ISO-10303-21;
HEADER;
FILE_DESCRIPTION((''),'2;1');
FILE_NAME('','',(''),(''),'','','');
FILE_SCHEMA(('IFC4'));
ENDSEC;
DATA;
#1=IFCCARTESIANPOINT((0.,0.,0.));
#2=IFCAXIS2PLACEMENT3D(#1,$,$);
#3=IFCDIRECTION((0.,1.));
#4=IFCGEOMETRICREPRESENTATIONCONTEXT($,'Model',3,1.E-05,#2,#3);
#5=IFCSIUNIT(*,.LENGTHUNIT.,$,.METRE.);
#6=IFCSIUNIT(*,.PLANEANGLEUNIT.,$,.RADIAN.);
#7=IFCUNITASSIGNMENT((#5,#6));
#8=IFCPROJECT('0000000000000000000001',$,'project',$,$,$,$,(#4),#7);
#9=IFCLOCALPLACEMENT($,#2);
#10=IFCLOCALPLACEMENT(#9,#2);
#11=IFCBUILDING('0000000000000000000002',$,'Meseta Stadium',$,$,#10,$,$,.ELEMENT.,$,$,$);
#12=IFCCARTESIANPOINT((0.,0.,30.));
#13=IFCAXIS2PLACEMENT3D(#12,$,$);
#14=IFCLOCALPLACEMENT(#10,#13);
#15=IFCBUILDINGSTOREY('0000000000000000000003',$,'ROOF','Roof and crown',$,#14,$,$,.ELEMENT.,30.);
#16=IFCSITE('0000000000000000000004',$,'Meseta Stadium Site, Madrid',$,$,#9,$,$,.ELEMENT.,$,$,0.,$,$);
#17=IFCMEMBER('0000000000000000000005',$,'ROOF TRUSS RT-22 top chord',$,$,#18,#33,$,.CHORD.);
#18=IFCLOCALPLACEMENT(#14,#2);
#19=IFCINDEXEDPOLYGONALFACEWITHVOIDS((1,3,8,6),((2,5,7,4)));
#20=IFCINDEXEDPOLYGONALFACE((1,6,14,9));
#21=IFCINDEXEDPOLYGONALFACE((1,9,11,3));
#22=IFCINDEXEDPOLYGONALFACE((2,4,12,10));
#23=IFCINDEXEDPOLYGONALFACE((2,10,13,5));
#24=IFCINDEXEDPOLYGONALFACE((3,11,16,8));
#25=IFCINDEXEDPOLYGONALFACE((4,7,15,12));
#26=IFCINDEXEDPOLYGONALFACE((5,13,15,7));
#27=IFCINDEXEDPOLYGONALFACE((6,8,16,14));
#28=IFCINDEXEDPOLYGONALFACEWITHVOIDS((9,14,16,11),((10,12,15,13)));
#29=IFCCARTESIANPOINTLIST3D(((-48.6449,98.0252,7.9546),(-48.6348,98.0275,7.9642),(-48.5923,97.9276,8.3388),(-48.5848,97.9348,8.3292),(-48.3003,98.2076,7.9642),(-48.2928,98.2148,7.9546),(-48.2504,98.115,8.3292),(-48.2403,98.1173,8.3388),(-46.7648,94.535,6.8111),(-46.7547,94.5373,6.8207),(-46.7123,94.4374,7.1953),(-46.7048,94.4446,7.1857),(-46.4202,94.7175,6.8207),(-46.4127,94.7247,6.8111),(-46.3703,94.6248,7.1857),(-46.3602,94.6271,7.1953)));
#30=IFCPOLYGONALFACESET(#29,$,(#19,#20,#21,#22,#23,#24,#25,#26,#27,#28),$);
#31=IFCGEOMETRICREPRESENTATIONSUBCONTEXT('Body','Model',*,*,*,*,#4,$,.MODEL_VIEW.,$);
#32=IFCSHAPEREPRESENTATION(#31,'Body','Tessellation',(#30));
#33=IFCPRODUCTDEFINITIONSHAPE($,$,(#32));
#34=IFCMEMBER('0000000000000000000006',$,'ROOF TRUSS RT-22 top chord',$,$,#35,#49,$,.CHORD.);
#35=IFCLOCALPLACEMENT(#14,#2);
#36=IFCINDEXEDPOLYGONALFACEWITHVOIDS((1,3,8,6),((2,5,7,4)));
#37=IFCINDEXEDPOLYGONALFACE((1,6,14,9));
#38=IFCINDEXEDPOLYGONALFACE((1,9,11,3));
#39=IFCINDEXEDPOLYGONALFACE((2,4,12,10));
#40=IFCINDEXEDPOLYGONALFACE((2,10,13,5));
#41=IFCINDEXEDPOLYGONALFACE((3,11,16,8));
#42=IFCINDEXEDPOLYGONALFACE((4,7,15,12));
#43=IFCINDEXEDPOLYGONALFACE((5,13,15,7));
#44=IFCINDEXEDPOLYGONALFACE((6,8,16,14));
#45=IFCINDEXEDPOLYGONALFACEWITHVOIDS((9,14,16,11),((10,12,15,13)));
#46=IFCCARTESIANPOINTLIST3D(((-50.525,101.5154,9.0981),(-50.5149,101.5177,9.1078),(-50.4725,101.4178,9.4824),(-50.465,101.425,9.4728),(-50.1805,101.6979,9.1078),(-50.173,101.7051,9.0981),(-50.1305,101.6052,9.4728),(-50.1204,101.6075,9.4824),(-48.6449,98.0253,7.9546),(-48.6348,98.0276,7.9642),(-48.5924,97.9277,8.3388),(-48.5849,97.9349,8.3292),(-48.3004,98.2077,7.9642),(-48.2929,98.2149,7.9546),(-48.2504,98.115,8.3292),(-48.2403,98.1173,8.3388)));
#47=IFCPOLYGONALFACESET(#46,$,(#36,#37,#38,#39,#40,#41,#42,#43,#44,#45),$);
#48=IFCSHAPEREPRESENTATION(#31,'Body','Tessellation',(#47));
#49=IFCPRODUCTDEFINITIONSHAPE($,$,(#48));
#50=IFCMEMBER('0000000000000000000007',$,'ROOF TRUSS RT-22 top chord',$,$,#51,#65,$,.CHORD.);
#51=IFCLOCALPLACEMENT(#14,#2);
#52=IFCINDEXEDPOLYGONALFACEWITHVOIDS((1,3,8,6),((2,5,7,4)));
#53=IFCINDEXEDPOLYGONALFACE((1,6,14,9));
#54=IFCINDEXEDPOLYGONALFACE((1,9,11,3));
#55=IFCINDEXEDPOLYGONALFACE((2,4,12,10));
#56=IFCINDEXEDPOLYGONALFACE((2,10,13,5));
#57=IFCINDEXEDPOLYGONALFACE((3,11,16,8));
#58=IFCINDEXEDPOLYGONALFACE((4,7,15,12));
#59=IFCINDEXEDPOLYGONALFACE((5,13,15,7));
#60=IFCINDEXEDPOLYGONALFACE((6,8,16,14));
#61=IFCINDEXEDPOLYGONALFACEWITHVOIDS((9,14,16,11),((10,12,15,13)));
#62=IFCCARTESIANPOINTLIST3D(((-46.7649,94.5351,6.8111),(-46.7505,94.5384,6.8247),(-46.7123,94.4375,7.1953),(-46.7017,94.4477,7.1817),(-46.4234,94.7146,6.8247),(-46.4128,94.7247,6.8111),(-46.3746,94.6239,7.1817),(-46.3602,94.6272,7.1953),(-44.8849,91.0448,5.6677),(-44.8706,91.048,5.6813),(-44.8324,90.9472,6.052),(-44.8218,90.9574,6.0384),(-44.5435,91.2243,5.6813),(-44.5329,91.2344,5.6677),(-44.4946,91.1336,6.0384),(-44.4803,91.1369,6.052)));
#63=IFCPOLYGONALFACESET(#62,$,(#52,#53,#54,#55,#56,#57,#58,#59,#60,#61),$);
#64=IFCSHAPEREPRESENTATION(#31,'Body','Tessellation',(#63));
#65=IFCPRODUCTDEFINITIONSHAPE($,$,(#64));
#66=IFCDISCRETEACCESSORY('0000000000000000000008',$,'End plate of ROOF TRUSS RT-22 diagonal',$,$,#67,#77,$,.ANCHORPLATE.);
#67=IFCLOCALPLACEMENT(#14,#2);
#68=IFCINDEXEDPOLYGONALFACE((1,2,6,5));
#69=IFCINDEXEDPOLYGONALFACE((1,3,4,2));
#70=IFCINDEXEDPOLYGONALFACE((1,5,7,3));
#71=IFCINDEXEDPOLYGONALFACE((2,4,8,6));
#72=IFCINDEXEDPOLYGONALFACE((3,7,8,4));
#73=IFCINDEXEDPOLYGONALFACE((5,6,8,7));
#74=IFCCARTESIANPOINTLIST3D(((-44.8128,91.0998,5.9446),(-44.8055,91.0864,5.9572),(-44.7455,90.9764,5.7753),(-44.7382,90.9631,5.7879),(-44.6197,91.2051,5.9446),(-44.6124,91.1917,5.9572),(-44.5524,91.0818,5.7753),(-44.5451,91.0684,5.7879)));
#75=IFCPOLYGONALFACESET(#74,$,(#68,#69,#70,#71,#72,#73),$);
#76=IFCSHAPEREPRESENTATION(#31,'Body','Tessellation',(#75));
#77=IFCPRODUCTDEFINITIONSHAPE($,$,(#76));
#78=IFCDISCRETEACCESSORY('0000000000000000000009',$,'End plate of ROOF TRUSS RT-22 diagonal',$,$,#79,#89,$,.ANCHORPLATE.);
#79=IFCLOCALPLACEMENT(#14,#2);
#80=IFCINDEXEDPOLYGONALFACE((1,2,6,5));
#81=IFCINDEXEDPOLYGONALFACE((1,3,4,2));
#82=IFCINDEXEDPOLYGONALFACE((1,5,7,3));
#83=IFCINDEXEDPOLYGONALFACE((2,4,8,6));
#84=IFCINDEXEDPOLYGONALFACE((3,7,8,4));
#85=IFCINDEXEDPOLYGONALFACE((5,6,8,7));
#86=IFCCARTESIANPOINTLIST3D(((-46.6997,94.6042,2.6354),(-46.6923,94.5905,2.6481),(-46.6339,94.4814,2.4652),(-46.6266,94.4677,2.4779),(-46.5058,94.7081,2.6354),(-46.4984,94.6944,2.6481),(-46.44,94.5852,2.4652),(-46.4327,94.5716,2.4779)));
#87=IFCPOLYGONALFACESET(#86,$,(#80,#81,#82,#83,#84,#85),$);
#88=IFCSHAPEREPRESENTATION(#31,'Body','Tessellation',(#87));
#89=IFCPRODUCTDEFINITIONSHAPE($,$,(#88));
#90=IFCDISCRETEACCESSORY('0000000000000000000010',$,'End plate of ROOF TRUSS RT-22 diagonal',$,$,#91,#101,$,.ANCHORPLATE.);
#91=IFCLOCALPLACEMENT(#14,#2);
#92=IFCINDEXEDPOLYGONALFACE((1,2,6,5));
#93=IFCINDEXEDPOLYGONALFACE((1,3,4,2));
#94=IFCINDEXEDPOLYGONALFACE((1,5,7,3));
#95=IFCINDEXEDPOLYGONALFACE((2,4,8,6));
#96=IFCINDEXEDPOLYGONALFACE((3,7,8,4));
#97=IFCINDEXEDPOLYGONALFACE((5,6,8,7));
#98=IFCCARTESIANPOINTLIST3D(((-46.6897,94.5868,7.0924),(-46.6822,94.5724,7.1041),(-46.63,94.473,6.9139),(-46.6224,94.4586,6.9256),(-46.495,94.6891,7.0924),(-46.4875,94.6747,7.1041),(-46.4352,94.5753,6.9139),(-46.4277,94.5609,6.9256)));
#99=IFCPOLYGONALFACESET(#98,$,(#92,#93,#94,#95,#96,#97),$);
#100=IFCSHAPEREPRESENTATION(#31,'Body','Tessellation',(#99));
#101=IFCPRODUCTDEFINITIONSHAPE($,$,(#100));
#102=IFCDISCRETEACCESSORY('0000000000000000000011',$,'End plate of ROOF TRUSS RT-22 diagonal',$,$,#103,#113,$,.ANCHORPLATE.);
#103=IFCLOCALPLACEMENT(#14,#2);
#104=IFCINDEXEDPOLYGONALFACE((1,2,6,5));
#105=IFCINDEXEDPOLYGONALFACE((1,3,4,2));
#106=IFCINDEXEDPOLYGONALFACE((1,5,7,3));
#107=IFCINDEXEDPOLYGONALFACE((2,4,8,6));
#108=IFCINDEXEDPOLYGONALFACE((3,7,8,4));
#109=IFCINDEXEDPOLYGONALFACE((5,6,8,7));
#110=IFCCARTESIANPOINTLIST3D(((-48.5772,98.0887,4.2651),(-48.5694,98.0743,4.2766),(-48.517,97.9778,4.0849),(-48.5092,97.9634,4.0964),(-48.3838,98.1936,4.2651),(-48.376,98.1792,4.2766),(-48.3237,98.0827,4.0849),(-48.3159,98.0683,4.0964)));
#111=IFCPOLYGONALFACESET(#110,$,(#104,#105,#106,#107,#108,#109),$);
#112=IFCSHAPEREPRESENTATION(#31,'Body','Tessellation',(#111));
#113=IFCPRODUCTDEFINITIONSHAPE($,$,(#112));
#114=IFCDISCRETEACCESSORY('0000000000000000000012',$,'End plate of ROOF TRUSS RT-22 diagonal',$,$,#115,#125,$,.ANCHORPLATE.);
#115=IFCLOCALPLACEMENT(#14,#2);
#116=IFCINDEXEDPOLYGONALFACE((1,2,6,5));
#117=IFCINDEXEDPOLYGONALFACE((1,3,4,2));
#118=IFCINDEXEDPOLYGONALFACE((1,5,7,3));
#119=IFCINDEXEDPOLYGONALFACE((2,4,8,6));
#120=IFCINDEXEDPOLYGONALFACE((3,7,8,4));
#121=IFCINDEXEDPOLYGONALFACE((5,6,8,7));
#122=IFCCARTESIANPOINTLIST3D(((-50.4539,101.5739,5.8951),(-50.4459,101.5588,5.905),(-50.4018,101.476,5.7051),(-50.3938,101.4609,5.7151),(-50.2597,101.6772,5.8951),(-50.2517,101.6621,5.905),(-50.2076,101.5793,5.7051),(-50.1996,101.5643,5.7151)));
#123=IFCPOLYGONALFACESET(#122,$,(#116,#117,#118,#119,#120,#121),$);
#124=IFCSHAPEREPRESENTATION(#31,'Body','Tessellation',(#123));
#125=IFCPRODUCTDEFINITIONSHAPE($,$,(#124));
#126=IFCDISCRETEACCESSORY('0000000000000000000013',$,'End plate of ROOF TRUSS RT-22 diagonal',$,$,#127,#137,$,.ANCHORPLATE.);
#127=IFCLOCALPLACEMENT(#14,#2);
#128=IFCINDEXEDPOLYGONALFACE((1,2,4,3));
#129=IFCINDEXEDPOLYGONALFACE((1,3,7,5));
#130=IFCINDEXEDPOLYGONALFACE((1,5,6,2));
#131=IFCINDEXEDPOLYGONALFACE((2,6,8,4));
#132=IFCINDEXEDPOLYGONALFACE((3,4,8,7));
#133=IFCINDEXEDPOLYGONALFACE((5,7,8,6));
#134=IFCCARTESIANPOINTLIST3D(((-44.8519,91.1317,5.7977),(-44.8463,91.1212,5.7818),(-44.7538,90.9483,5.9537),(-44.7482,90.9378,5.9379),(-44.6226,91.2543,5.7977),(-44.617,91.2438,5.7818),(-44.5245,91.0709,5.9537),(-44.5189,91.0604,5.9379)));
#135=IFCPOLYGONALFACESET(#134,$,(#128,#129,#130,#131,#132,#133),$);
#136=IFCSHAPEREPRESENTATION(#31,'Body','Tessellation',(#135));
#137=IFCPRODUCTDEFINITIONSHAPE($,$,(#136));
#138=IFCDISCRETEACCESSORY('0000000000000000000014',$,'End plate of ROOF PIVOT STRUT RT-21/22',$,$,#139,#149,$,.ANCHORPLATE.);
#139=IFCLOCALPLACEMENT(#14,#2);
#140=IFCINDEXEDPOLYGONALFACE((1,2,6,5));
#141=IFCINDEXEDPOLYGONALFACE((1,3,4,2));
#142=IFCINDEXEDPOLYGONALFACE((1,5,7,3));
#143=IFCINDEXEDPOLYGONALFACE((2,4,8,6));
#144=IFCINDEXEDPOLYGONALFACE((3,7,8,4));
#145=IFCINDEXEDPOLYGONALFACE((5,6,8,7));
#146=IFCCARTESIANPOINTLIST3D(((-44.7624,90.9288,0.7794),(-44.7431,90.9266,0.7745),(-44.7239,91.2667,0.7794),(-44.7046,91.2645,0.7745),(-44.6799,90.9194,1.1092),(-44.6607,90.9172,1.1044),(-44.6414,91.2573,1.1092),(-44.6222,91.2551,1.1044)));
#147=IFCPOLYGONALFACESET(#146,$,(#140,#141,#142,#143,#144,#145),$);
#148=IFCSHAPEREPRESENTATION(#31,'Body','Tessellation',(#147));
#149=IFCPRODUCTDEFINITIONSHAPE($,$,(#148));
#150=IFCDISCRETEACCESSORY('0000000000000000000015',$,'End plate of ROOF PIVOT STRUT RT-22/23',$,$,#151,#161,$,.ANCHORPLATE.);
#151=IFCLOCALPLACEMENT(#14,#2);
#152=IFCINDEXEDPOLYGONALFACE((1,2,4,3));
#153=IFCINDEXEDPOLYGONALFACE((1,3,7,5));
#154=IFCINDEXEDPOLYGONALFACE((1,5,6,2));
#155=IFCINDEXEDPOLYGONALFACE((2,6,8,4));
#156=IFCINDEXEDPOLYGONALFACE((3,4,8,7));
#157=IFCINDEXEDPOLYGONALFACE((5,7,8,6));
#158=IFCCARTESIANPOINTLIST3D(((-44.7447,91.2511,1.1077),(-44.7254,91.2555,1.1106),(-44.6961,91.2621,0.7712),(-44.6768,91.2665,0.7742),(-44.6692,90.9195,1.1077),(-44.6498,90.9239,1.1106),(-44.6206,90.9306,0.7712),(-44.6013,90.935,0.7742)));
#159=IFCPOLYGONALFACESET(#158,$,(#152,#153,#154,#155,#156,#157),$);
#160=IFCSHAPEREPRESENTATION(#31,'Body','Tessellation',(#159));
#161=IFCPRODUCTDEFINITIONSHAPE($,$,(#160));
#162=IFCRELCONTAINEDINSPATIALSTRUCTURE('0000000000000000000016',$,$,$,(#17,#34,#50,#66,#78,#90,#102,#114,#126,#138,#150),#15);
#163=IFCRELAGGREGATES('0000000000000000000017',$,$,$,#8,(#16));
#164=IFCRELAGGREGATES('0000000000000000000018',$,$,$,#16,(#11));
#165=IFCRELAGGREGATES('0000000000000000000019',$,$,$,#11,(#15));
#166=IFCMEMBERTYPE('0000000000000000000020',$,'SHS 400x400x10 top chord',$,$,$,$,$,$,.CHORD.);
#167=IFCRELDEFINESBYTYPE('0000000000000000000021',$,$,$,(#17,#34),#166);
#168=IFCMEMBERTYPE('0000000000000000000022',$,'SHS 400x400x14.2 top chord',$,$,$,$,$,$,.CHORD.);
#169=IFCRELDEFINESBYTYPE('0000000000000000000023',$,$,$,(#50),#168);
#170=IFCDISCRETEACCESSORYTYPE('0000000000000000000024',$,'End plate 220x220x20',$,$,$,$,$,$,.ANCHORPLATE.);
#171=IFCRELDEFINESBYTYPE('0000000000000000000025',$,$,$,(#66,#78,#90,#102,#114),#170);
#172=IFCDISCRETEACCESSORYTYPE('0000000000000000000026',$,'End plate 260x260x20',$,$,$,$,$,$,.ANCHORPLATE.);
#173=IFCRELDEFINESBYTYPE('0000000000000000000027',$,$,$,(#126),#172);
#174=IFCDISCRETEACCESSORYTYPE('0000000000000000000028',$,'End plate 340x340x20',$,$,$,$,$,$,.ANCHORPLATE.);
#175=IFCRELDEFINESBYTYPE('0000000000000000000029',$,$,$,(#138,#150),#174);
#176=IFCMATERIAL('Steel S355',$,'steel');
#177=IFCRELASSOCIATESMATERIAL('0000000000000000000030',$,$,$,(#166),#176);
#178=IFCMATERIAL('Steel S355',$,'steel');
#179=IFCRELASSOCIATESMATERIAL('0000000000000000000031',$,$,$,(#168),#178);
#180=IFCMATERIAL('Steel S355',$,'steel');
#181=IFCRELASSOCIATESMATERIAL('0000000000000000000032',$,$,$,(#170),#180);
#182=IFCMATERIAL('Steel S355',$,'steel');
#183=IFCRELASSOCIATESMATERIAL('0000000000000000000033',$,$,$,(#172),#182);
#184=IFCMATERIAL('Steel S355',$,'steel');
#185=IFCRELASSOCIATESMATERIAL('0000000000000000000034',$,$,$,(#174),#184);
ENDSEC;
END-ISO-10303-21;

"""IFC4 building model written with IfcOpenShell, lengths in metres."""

from ifc_helpers import new_model, si_unit, direction, frame, origin, origin_2d, place, context, subcontext, project, spatial, rectangle, hollow_rectangle, extrude, material, material_profile, profile_set, type_object, element, save


model = new_model("IFC4")

# Units and contexts
model_context = context("Model", 3, precision=1e-05, world=origin(), true_north=direction((0.0, 1.0)))
body_context = subcontext(model_context, "Body", "Model", "MODEL_VIEW")
ifc_project = project(units=[si_unit("LENGTHUNIT", "METRE"), si_unit("PLANEANGLEUNIT", "RADIAN")], contexts=[model_context])

# Site, building, storey
site_placement = place(None, origin())
site = spatial("IfcSite", under=ifc_project, at=site_placement, Name="Meseta Stadium Site, Madrid", CompositionType="ELEMENT", RefElevation=0.0)
building_placement = place(site_placement, origin())
building = spatial("IfcBuilding", under=site, at=building_placement, Name="Meseta Stadium", CompositionType="ELEMENT")
storey_placement = place(building_placement, frame((0.0, 0.0, 30.0)))
storey = spatial("IfcBuildingStorey", under=building, at=storey_placement, Name="ROOF", Description="Roof and crown", CompositionType="ELEMENT", Elevation=30.0)

# Members
ifc_material_1 = material(Name="Steel S355", Category="steel")
ifc_material_profile_1 = material_profile(ifc_material_1, hollow_rectangle(XDim=0.3999, YDim=0.3999, WallThickness=0.01, at=origin_2d()), Name="SHS 400x400x10")
ifc_profile_set_1 = profile_set([ifc_material_profile_1], Name="Steel S355")
member_type_1 = type_object("IfcMemberType", Name="SHS 400x400x10 top chord", PredefinedType="CHORD", material=ifc_profile_set_1)
for number, where, z_axis, x_axis, name in (
    (1, (-46.5625, 94.5811, 7.0032), (-0.455672, 0.845901, 0.277154), (-0.88039, -0.47425, 0.0), "ROOF TRUSS RT-22 top chord"),
    (2, (-48.4426, 98.0713, 8.1467), (-0.455672, 0.845901, 0.277154), (-0.88039, -0.47425, 0.0), "ROOF TRUSS RT-22 top chord"),
):
    element("IfcMember", number, at=place(storey_placement, frame(where, z_axis=z_axis, x_axis=x_axis)), inside=storey, type_object=member_type_1, Name=name, PredefinedType="CHORD", context=body_context, shape_type="SweptSolid", body=[
        extrude(hollow_rectangle(XDim=0.3999, YDim=0.3999, WallThickness=0.01, at=origin_2d()), origin(), (0.0, 0.0, 1.0), 4.126),
    ])
ifc_material_2 = material(Name="Steel S355", Category="steel")
ifc_material_profile_2 = material_profile(ifc_material_2, hollow_rectangle(XDim=0.3999, YDim=0.3999, WallThickness=0.0142, at=origin_2d()), Name="SHS 400x400x14.2")
ifc_profile_set_2 = profile_set([ifc_material_profile_2], Name="Steel S355")
member_type_2 = type_object("IfcMemberType", Name="SHS 400x400x14.2 top chord", PredefinedType="CHORD", material=ifc_profile_set_2)
member_1_placement = place(storey_placement, frame((-44.6826, 91.0908, 5.8599), z_axis=(-0.455632, 0.845938, 0.277107), x_axis=(-0.880416, -0.474203, 0.0)))
element("IfcMember", 3, at=member_1_placement, inside=storey, type_object=member_type_2, Name="ROOF TRUSS RT-22 top chord", PredefinedType="CHORD", context=body_context, shape_type="SweptSolid", body=[
    extrude(hollow_rectangle(XDim=0.3999, YDim=0.3999, WallThickness=0.0142, at=origin_2d()), origin(), (0.0, 0.0, 1.0), 4.126),
])

# Discrete accessories
ifc_material_3 = material(Name="Steel S355", Category="steel")
ifc_material_profile_3 = material_profile(ifc_material_3, rectangle(XDim=0.22, YDim=0.22, at=origin_2d()), Name="PL 220x220")
ifc_profile_set_3 = profile_set([ifc_material_profile_3], Name="Steel S355")
discrete_accessory_type_1 = type_object("IfcDiscreteAccessoryType", Name="End plate 220x220x20", PredefinedType="ANCHORPLATE", material=ifc_profile_set_3)
discrete_accessory_1_placement = place(storey_placement, frame((-44.6753, 91.0774, 5.8726), z_axis=(-0.368466, 0.675521, -0.638674), x_axis=(-0.877896, -0.478852, 0.0)))
element("IfcDiscreteAccessory", 4, at=discrete_accessory_1_placement, inside=storey, type_object=discrete_accessory_type_1, Name="End plate of ROOF TRUSS RT-22 diagonal", PredefinedType="ANCHORPLATE", context=body_context, shape_type="SweptSolid", body=[
    extrude(rectangle(XDim=0.22, YDim=0.22, at=origin_2d()), origin(), (0.0, 0.0, 1.0), 0.0198),
])
for number, where, z_axis, x_axis, name in (
    (5, (-46.5625, 94.5811, 2.563), (-0.365419, 0.682116, -0.633393), (-0.88148, -0.472221, 0.0), "End plate of ROOF TRUSS RT-22 diagonal"),
    (6, (-46.5549, 94.5667, 7.0149), (-0.377432, 0.718338, -0.584411), (-0.885243, -0.465128, 0.0), "End plate of ROOF TRUSS RT-22 diagonal"),
    (7, (-48.4426, 98.0713, 4.1865), (-0.390534, 0.720048, -0.573597), (-0.879032, -0.476763, 0.0), "End plate of ROOF TRUSS RT-22 diagonal"),
):
    element("IfcDiscreteAccessory", number, at=place(storey_placement, frame(where, z_axis=z_axis, x_axis=x_axis)), inside=storey, type_object=discrete_accessory_type_1, Name=name, PredefinedType="ANCHORPLATE", context=body_context, shape_type="SweptSolid", body=[
        extrude(rectangle(XDim=0.22, YDim=0.22, at=origin_2d()), origin(), (0.0, 0.0, 1.0), 0.02),
    ])
discrete_accessory_2_placement = place(storey_placement, frame((-50.3228, 101.5615, 5.8101), z_axis=(-0.405772, 0.762359, -0.504141), x_axis=(-0.882747, -0.469849, 0.0)))
element("IfcDiscreteAccessory", 8, at=discrete_accessory_2_placement, inside=storey, type_object=discrete_accessory_type_1, Name="End plate of ROOF TRUSS RT-22 diagonal", PredefinedType="ANCHORPLATE", context=body_context, shape_type="SweptSolid", body=[
    extrude(rectangle(XDim=0.22, YDim=0.22, at=origin_2d()), origin(), (0.0, 0.0, 1.0), 0.0198),
])
ifc_material_4 = material(Name="Steel S355", Category="steel")
ifc_material_profile_4 = material_profile(ifc_material_4, rectangle(XDim=0.26, YDim=0.26, at=origin_2d()), Name="PL 260x260")
ifc_profile_set_4 = profile_set([ifc_material_profile_4], Name="Steel S355")
discrete_accessory_type_2 = type_object("IfcDiscreteAccessoryType", Name="End plate 260x260x20", PredefinedType="ANCHORPLATE", material=ifc_profile_set_4)
discrete_accessory_3_placement = place(storey_placement, frame((-44.6826, 91.0908, 5.8599), z_axis=(-0.283046, 0.529173, 0.799913), x_axis=(-0.881785, -0.471652, 0.0)))
element("IfcDiscreteAccessory", 9, at=discrete_accessory_3_placement, inside=storey, type_object=discrete_accessory_type_2, Name="End plate of ROOF TRUSS RT-22 diagonal", PredefinedType="ANCHORPLATE", context=body_context, shape_type="SweptSolid", body=[
    extrude(rectangle(XDim=0.26, YDim=0.26, at=origin_2d()), origin(), (0.0, 0.0, 1.0), 0.0198),
])
ifc_material_5 = material(Name="Steel S355", Category="steel")
ifc_material_profile_5 = material_profile(ifc_material_5, rectangle(XDim=0.3401, YDim=0.3401, at=origin_2d()), Name="PL 340x340")
ifc_profile_set_5 = profile_set([ifc_material_profile_5], Name="Steel S355")
discrete_accessory_type_3 = type_object("IfcDiscreteAccessoryType", Name="End plate 340x340x20", PredefinedType="ANCHORPLATE", material=ifc_profile_set_5)
for number, where, z_axis, x_axis, name in (
    (10, (-44.6826, 91.0908, 0.9395), (-0.963558, 0.109772, 0.243939), (-0.113192, -0.993573, 0.0), "End plate of ROOF PIVOT STRUT RT-21/22"),
    (11, (-44.6633, 91.0952, 0.9424), (-0.964491, -0.219757, -0.146505), (0.222155, -0.975011, 0.0), "End plate of ROOF PIVOT STRUT RT-22/23"),
):
    element("IfcDiscreteAccessory", number, at=place(storey_placement, frame(where, z_axis=z_axis, x_axis=x_axis)), inside=storey, type_object=discrete_accessory_type_3, Name=name, PredefinedType="ANCHORPLATE", context=body_context, shape_type="SweptSolid", body=[
        extrude(rectangle(XDim=0.3401, YDim=0.3401, at=origin_2d()), origin(), (0.0, 0.0, 1.0), 0.02),
    ])

save(model, "model.ifc")
